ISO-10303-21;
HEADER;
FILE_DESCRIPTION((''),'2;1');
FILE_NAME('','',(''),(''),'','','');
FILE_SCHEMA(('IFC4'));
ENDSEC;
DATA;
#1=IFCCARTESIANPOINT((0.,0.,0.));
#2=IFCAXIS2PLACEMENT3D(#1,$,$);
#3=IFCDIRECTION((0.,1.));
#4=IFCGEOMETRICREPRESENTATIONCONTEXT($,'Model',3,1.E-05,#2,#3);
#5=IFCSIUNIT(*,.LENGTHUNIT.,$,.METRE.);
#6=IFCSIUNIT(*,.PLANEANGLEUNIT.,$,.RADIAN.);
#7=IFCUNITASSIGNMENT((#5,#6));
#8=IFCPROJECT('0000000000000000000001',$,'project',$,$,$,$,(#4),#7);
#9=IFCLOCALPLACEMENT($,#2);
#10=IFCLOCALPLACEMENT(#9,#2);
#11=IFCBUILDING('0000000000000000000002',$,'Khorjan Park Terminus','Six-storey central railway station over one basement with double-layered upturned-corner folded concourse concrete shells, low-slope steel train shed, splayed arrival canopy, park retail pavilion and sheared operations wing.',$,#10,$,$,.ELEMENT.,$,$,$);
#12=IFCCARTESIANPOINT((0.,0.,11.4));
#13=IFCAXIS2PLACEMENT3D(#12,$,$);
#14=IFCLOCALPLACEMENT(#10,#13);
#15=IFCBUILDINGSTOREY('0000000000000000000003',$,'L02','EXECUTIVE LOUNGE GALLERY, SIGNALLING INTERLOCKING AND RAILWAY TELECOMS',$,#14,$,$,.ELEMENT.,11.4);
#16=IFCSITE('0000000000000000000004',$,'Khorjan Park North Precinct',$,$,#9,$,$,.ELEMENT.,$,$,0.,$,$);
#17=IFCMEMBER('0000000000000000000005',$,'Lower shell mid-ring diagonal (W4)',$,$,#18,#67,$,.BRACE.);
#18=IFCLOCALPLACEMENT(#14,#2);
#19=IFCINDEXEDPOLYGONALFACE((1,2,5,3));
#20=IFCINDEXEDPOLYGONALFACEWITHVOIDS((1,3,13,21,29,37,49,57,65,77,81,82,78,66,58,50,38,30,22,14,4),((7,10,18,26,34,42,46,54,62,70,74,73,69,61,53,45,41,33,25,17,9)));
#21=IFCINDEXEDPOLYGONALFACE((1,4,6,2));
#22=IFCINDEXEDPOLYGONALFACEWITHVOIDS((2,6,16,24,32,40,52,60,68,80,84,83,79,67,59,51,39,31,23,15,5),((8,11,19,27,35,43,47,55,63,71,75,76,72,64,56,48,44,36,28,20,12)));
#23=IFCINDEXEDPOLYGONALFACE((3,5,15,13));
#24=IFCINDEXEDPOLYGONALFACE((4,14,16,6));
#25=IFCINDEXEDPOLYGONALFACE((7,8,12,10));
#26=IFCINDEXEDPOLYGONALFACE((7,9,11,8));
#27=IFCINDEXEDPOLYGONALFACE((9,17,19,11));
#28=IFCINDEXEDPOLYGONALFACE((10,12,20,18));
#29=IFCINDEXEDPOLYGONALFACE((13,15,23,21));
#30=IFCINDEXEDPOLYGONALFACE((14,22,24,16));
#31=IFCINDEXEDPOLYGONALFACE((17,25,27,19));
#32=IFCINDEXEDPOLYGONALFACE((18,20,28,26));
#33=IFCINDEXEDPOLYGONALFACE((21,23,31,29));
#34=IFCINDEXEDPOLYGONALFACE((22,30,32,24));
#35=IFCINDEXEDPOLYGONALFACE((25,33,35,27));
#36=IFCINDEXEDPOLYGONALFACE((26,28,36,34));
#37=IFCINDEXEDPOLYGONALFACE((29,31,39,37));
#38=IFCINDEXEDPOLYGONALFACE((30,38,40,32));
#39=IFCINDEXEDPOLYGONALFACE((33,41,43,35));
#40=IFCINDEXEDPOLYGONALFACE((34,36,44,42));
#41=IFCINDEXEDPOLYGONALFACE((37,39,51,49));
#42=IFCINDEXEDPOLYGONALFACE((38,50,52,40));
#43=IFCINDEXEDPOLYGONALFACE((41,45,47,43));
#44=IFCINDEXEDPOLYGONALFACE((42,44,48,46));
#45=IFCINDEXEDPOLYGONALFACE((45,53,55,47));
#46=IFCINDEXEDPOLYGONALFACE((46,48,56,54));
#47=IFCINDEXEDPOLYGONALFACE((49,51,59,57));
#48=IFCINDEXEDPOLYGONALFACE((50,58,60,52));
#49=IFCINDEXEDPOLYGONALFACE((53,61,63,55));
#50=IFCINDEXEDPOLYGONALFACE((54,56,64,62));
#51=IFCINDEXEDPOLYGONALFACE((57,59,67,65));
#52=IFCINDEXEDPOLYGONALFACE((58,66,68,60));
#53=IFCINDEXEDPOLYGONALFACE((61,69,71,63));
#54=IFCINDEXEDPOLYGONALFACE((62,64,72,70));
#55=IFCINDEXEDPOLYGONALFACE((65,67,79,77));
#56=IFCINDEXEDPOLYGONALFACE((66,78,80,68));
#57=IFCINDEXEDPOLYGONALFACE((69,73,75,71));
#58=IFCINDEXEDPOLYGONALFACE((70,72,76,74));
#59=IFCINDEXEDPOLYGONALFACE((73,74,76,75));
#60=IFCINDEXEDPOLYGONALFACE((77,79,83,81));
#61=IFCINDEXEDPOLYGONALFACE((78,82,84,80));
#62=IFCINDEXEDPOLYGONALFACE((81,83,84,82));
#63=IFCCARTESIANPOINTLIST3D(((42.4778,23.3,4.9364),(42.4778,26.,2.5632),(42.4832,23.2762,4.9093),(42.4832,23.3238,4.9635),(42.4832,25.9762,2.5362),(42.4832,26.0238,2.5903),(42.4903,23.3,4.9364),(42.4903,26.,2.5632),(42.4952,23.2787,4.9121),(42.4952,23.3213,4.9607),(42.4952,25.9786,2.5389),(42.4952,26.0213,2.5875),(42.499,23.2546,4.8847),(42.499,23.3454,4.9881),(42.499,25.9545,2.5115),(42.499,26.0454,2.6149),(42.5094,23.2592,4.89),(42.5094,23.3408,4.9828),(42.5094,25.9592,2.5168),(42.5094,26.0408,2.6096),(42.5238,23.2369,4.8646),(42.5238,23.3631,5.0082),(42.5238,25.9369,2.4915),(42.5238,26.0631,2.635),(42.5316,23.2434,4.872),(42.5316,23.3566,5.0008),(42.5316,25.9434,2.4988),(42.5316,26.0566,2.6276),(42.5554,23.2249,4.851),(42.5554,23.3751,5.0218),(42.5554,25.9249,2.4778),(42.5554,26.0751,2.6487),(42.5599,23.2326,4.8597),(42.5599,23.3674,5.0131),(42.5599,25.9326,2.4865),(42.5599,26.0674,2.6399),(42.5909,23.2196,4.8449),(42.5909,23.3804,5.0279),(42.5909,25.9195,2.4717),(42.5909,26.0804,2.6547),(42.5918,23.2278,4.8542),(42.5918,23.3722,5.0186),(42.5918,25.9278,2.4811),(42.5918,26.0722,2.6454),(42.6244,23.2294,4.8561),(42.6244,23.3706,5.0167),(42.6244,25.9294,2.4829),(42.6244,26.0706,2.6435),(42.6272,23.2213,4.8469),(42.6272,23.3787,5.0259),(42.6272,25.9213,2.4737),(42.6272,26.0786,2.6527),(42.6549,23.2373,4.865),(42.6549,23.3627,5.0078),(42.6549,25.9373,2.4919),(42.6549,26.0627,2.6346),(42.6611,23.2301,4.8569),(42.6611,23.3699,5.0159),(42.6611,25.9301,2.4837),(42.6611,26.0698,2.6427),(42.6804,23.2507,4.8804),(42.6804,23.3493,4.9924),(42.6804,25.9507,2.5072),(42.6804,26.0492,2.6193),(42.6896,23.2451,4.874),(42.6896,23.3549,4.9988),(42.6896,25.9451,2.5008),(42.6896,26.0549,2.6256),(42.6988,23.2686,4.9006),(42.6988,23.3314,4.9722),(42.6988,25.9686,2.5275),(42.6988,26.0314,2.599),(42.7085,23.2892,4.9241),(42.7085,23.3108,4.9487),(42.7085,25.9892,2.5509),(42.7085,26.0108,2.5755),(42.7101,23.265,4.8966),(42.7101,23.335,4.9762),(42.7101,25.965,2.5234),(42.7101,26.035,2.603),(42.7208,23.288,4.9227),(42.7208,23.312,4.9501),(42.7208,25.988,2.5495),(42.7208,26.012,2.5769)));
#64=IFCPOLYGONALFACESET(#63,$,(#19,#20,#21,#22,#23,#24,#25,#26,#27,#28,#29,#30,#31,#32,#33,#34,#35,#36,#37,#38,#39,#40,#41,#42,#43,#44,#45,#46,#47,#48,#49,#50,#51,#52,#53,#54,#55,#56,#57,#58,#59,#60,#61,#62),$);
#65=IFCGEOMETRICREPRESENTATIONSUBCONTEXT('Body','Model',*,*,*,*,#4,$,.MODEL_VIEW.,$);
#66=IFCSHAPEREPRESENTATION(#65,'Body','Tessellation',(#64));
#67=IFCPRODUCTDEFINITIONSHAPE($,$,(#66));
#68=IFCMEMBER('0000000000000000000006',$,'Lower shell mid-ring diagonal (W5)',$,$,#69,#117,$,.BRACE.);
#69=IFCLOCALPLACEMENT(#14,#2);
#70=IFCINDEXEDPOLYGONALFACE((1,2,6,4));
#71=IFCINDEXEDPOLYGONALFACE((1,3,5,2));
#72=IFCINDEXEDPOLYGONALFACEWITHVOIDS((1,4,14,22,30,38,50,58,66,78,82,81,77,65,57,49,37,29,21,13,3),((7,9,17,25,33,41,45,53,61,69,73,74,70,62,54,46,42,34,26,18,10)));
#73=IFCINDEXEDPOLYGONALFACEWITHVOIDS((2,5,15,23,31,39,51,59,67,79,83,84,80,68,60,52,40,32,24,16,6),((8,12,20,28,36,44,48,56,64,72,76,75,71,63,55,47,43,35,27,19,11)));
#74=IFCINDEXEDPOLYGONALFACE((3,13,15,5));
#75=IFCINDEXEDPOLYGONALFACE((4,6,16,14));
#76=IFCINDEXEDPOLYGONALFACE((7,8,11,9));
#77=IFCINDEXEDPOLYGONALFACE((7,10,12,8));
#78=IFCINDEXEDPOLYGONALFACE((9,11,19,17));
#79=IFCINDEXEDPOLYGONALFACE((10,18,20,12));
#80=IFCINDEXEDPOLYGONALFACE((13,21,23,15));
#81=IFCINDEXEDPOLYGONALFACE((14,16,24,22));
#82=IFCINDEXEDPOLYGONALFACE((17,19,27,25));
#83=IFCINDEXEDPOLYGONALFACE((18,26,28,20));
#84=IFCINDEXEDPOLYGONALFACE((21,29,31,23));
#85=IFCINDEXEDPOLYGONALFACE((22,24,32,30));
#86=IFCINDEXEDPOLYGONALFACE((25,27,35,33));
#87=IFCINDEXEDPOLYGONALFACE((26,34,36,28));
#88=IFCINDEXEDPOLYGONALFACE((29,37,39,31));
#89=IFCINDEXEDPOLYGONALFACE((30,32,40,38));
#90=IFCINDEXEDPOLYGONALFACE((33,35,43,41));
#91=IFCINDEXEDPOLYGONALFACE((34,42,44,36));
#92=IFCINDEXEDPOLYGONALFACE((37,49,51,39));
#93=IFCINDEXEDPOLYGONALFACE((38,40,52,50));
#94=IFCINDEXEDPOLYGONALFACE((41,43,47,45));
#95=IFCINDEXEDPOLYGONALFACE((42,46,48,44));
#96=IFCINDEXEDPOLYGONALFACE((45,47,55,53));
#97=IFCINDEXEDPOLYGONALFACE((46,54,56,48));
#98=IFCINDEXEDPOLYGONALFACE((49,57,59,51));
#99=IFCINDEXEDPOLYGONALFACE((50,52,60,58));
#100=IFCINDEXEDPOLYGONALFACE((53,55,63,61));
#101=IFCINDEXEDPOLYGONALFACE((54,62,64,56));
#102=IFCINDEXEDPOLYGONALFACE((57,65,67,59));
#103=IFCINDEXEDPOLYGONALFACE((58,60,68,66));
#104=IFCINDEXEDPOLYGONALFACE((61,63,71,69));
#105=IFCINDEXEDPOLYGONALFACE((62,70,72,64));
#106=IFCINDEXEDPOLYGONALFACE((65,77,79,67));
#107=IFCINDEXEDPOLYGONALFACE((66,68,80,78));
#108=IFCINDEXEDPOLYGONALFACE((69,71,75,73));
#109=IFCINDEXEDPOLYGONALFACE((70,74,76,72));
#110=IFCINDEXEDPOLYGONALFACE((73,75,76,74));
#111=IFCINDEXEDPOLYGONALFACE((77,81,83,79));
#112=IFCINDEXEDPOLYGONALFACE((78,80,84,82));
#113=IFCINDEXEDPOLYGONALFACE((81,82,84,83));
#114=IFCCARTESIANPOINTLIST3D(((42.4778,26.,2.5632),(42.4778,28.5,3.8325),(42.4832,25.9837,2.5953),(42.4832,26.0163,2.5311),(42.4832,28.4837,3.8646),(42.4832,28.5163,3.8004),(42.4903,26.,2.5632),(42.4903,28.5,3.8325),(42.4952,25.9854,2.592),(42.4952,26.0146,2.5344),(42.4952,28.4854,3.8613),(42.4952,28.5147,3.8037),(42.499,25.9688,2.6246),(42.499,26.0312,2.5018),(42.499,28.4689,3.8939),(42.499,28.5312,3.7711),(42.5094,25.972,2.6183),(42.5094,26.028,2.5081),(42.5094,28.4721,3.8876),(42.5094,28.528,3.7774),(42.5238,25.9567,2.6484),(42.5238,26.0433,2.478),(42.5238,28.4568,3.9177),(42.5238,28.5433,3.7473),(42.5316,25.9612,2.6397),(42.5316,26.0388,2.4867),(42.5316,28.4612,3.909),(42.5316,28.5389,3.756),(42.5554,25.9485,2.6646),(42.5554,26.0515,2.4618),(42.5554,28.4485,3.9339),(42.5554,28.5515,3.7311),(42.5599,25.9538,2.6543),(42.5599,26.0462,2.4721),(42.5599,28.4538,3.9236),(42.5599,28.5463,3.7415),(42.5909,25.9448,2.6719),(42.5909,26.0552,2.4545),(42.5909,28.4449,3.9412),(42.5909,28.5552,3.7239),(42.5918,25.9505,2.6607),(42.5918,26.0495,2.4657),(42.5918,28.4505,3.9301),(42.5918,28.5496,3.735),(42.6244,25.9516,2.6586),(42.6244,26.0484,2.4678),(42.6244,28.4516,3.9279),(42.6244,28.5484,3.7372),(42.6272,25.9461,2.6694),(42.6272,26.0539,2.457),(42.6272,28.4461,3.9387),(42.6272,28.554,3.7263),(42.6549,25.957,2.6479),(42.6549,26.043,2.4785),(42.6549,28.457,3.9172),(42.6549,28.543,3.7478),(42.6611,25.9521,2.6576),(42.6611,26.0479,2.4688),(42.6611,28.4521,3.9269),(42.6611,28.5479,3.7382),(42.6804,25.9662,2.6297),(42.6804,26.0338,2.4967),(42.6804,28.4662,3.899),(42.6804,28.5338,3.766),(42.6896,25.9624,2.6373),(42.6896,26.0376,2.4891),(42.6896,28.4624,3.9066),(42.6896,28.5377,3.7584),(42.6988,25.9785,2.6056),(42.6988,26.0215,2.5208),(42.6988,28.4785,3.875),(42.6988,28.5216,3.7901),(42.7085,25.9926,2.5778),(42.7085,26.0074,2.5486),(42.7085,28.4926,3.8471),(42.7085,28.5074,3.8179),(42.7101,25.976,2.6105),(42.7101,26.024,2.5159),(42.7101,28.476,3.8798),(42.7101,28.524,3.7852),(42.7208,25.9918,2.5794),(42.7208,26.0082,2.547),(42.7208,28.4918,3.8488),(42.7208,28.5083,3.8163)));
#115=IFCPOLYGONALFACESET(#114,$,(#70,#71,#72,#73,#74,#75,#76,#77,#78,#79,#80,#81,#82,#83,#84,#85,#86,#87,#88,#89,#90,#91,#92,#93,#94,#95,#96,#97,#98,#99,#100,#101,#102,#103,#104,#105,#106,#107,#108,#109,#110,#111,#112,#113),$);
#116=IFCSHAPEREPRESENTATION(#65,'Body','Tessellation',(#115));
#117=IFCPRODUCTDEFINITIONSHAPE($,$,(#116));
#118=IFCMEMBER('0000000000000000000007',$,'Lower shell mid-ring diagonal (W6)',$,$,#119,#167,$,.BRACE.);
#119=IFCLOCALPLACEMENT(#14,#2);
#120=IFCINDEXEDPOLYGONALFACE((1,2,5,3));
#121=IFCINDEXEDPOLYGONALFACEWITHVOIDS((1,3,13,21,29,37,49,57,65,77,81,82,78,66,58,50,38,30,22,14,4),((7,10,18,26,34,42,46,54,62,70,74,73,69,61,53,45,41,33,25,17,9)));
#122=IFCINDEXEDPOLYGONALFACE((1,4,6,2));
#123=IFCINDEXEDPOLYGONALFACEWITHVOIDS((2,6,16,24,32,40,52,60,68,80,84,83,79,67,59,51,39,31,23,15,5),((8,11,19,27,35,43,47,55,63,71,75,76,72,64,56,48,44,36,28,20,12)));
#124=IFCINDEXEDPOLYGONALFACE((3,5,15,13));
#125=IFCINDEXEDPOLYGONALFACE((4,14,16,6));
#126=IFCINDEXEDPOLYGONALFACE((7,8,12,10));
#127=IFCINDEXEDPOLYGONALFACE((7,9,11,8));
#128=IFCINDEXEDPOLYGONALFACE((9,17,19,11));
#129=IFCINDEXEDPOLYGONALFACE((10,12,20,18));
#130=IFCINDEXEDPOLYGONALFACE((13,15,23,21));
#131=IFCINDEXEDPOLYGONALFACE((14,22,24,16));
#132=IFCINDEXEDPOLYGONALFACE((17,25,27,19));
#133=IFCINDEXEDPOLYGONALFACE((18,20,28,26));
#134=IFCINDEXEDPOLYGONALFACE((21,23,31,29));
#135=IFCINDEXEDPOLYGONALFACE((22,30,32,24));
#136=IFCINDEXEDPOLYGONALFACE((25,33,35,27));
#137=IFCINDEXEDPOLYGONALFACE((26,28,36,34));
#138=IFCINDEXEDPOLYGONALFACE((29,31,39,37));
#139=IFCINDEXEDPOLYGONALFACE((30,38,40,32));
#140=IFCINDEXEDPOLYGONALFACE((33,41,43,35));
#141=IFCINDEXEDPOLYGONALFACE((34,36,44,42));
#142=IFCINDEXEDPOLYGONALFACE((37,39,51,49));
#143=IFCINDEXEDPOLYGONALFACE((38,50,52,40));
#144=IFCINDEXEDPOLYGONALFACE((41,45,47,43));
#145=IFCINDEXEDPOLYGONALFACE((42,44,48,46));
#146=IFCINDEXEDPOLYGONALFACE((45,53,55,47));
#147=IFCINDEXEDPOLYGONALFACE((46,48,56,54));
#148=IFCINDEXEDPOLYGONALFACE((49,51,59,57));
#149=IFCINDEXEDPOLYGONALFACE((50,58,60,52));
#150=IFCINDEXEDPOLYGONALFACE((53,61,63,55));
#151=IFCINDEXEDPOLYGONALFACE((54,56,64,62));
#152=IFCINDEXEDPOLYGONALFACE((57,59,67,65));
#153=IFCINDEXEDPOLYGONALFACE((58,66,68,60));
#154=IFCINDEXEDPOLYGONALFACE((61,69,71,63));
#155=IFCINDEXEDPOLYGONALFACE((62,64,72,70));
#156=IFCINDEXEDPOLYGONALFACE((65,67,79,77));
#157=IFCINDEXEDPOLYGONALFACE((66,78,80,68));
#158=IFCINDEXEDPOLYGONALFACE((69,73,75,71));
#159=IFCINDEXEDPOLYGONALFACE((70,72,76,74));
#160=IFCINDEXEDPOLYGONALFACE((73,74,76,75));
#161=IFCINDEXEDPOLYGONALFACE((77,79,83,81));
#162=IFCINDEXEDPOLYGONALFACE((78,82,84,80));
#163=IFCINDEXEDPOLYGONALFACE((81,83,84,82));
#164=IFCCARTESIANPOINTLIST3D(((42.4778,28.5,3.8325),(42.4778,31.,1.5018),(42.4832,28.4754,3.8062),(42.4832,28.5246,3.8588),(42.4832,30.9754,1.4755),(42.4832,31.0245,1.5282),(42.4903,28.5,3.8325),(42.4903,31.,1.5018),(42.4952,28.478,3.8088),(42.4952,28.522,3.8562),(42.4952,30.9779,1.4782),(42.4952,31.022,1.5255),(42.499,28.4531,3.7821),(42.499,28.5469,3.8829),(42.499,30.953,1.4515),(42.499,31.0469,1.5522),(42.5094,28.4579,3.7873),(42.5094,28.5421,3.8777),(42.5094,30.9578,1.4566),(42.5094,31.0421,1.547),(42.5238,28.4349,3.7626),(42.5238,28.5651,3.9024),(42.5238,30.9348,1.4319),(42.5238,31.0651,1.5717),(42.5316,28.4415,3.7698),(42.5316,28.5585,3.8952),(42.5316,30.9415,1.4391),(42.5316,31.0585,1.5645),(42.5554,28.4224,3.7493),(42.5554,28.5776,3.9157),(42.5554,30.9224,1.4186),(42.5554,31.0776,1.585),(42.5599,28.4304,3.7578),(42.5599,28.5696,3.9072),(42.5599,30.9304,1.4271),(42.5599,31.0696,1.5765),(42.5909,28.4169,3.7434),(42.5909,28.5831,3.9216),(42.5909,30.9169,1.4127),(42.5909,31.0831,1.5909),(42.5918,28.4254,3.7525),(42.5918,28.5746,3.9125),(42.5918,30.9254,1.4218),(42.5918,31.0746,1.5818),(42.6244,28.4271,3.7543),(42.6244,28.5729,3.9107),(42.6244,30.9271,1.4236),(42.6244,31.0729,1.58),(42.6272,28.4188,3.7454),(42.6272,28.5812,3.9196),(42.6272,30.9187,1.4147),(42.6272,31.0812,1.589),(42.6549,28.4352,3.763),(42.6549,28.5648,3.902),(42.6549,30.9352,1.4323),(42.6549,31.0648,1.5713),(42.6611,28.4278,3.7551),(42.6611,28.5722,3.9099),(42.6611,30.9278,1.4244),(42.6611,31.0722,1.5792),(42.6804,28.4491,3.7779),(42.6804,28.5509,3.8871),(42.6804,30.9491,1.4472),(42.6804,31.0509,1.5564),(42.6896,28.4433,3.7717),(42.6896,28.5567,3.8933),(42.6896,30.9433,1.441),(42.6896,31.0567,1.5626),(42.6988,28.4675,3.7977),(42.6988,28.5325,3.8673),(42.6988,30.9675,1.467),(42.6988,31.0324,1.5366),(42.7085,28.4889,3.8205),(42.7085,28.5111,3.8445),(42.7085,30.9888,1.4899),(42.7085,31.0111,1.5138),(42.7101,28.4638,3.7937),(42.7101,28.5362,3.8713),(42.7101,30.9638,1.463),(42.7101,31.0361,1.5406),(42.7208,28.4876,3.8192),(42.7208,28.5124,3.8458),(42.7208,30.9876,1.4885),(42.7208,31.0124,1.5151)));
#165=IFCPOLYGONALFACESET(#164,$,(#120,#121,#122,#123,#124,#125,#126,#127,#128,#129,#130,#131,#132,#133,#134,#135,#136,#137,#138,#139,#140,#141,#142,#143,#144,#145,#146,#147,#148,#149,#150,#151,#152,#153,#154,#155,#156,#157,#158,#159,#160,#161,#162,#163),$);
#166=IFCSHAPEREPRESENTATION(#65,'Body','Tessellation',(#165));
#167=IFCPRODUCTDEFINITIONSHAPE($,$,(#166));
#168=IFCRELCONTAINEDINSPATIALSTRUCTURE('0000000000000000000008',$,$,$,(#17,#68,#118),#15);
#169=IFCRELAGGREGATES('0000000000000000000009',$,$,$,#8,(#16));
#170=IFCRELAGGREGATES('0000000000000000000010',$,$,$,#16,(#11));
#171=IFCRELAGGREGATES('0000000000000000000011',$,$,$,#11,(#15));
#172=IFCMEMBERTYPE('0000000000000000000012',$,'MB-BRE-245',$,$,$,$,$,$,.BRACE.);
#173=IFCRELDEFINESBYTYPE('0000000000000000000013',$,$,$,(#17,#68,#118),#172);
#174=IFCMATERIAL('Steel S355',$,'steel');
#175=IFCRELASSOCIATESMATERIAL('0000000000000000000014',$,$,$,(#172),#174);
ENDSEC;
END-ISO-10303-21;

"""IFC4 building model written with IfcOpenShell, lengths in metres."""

from ifc_helpers import new_model, si_unit, direction, frame, origin, origin_2d, place, context, subcontext, project, spatial, hollow_circle, extrude, material, material_profile, profile_set, type_object, element, save


model = new_model("IFC4")

# Units and contexts
model_context = context("Model", 3, precision=1e-05, world=origin(), true_north=direction((0.0, 1.0)))
body_context = subcontext(model_context, "Body", "Model", "MODEL_VIEW")
ifc_project = project(units=[si_unit("LENGTHUNIT", "METRE"), si_unit("PLANEANGLEUNIT", "RADIAN")], contexts=[model_context])

# Site, building, storey
site_placement = place(None, origin())
site = spatial("IfcSite", under=ifc_project, at=site_placement, Name="Khorjan Park North Precinct", CompositionType="ELEMENT", RefElevation=0.0)
building_placement = place(site_placement, origin())
building = spatial("IfcBuilding", under=site, at=building_placement, Name="Khorjan Park Terminus", Description="Six-storey central railway station over one basement with double-layered upturned-corner folded concourse concrete shells, low-slope steel train shed, splayed arrival canopy, park retail pavilion and sheared operations wing.", CompositionType="ELEMENT")
storey_placement = place(building_placement, frame((0.0, 0.0, 11.4)))
storey = spatial("IfcBuildingStorey", under=building, at=storey_placement, Name="L02", Description="EXECUTIVE LOUNGE GALLERY, SIGNALLING INTERLOCKING AND RAILWAY TELECOMS", CompositionType="ELEMENT", Elevation=11.4)

# Members
ifc_material_1 = material(Name="Steel S355", Category="steel")
ifc_material_profile_1 = material_profile(ifc_material_1, hollow_circle(Radius=0.1222, WallThickness=0.0125, at=origin_2d()), Name="CHS 244.5x12.5")
ifc_profile_set_1 = profile_set([ifc_material_profile_1], Name="Steel S355")
member_type_1 = type_object("IfcMemberType", Name="MB-BRE-245", PredefinedType="BRACE", material=ifc_profile_set_1)
member_1_placement = place(storey_placement, frame((42.6, 23.3, 4.9364), z_axis=(0.0, 0.7511, -0.660189), x_axis=(-1.0, 0.0, 0.0)))
element("IfcMember", 1, at=member_1_placement, inside=storey, type_object=member_type_1, Name="Lower shell mid-ring diagonal (W4)", PredefinedType="BRACE", context=body_context, shape_type="SweptSolid", body=[
    extrude(hollow_circle(Radius=0.1222, WallThickness=0.0125, at=origin_2d()), origin(), (0.0, 0.0, 1.0), 3.5947),
])
member_2_placement = place(storey_placement, frame((42.6, 26.0, 2.5632), z_axis=(0.0, 0.891657, 0.452712), x_axis=(-1.0, 0.0, 0.0)))
element("IfcMember", 2, at=member_2_placement, inside=storey, type_object=member_type_1, Name="Lower shell mid-ring diagonal (W5)", PredefinedType="BRACE", context=body_context, shape_type="SweptSolid", body=[
    extrude(hollow_circle(Radius=0.1222, WallThickness=0.0125, at=origin_2d()), origin(), (0.0, 0.0, 1.0), 2.8038),
])
member_3_placement = place(storey_placement, frame((42.6, 28.5, 3.8325), z_axis=(0.0, 0.731439, -0.681906), x_axis=(-1.0, 0.0, 0.0)))
element("IfcMember", 3, at=member_3_placement, inside=storey, type_object=member_type_1, Name="Lower shell mid-ring diagonal (W6)", PredefinedType="BRACE", context=body_context, shape_type="SweptSolid", body=[
    extrude(hollow_circle(Radius=0.1222, WallThickness=0.0125, at=origin_2d()), origin(), (0.0, 0.0, 1.0), 3.4179),
])

save(model, "model.ifc")
